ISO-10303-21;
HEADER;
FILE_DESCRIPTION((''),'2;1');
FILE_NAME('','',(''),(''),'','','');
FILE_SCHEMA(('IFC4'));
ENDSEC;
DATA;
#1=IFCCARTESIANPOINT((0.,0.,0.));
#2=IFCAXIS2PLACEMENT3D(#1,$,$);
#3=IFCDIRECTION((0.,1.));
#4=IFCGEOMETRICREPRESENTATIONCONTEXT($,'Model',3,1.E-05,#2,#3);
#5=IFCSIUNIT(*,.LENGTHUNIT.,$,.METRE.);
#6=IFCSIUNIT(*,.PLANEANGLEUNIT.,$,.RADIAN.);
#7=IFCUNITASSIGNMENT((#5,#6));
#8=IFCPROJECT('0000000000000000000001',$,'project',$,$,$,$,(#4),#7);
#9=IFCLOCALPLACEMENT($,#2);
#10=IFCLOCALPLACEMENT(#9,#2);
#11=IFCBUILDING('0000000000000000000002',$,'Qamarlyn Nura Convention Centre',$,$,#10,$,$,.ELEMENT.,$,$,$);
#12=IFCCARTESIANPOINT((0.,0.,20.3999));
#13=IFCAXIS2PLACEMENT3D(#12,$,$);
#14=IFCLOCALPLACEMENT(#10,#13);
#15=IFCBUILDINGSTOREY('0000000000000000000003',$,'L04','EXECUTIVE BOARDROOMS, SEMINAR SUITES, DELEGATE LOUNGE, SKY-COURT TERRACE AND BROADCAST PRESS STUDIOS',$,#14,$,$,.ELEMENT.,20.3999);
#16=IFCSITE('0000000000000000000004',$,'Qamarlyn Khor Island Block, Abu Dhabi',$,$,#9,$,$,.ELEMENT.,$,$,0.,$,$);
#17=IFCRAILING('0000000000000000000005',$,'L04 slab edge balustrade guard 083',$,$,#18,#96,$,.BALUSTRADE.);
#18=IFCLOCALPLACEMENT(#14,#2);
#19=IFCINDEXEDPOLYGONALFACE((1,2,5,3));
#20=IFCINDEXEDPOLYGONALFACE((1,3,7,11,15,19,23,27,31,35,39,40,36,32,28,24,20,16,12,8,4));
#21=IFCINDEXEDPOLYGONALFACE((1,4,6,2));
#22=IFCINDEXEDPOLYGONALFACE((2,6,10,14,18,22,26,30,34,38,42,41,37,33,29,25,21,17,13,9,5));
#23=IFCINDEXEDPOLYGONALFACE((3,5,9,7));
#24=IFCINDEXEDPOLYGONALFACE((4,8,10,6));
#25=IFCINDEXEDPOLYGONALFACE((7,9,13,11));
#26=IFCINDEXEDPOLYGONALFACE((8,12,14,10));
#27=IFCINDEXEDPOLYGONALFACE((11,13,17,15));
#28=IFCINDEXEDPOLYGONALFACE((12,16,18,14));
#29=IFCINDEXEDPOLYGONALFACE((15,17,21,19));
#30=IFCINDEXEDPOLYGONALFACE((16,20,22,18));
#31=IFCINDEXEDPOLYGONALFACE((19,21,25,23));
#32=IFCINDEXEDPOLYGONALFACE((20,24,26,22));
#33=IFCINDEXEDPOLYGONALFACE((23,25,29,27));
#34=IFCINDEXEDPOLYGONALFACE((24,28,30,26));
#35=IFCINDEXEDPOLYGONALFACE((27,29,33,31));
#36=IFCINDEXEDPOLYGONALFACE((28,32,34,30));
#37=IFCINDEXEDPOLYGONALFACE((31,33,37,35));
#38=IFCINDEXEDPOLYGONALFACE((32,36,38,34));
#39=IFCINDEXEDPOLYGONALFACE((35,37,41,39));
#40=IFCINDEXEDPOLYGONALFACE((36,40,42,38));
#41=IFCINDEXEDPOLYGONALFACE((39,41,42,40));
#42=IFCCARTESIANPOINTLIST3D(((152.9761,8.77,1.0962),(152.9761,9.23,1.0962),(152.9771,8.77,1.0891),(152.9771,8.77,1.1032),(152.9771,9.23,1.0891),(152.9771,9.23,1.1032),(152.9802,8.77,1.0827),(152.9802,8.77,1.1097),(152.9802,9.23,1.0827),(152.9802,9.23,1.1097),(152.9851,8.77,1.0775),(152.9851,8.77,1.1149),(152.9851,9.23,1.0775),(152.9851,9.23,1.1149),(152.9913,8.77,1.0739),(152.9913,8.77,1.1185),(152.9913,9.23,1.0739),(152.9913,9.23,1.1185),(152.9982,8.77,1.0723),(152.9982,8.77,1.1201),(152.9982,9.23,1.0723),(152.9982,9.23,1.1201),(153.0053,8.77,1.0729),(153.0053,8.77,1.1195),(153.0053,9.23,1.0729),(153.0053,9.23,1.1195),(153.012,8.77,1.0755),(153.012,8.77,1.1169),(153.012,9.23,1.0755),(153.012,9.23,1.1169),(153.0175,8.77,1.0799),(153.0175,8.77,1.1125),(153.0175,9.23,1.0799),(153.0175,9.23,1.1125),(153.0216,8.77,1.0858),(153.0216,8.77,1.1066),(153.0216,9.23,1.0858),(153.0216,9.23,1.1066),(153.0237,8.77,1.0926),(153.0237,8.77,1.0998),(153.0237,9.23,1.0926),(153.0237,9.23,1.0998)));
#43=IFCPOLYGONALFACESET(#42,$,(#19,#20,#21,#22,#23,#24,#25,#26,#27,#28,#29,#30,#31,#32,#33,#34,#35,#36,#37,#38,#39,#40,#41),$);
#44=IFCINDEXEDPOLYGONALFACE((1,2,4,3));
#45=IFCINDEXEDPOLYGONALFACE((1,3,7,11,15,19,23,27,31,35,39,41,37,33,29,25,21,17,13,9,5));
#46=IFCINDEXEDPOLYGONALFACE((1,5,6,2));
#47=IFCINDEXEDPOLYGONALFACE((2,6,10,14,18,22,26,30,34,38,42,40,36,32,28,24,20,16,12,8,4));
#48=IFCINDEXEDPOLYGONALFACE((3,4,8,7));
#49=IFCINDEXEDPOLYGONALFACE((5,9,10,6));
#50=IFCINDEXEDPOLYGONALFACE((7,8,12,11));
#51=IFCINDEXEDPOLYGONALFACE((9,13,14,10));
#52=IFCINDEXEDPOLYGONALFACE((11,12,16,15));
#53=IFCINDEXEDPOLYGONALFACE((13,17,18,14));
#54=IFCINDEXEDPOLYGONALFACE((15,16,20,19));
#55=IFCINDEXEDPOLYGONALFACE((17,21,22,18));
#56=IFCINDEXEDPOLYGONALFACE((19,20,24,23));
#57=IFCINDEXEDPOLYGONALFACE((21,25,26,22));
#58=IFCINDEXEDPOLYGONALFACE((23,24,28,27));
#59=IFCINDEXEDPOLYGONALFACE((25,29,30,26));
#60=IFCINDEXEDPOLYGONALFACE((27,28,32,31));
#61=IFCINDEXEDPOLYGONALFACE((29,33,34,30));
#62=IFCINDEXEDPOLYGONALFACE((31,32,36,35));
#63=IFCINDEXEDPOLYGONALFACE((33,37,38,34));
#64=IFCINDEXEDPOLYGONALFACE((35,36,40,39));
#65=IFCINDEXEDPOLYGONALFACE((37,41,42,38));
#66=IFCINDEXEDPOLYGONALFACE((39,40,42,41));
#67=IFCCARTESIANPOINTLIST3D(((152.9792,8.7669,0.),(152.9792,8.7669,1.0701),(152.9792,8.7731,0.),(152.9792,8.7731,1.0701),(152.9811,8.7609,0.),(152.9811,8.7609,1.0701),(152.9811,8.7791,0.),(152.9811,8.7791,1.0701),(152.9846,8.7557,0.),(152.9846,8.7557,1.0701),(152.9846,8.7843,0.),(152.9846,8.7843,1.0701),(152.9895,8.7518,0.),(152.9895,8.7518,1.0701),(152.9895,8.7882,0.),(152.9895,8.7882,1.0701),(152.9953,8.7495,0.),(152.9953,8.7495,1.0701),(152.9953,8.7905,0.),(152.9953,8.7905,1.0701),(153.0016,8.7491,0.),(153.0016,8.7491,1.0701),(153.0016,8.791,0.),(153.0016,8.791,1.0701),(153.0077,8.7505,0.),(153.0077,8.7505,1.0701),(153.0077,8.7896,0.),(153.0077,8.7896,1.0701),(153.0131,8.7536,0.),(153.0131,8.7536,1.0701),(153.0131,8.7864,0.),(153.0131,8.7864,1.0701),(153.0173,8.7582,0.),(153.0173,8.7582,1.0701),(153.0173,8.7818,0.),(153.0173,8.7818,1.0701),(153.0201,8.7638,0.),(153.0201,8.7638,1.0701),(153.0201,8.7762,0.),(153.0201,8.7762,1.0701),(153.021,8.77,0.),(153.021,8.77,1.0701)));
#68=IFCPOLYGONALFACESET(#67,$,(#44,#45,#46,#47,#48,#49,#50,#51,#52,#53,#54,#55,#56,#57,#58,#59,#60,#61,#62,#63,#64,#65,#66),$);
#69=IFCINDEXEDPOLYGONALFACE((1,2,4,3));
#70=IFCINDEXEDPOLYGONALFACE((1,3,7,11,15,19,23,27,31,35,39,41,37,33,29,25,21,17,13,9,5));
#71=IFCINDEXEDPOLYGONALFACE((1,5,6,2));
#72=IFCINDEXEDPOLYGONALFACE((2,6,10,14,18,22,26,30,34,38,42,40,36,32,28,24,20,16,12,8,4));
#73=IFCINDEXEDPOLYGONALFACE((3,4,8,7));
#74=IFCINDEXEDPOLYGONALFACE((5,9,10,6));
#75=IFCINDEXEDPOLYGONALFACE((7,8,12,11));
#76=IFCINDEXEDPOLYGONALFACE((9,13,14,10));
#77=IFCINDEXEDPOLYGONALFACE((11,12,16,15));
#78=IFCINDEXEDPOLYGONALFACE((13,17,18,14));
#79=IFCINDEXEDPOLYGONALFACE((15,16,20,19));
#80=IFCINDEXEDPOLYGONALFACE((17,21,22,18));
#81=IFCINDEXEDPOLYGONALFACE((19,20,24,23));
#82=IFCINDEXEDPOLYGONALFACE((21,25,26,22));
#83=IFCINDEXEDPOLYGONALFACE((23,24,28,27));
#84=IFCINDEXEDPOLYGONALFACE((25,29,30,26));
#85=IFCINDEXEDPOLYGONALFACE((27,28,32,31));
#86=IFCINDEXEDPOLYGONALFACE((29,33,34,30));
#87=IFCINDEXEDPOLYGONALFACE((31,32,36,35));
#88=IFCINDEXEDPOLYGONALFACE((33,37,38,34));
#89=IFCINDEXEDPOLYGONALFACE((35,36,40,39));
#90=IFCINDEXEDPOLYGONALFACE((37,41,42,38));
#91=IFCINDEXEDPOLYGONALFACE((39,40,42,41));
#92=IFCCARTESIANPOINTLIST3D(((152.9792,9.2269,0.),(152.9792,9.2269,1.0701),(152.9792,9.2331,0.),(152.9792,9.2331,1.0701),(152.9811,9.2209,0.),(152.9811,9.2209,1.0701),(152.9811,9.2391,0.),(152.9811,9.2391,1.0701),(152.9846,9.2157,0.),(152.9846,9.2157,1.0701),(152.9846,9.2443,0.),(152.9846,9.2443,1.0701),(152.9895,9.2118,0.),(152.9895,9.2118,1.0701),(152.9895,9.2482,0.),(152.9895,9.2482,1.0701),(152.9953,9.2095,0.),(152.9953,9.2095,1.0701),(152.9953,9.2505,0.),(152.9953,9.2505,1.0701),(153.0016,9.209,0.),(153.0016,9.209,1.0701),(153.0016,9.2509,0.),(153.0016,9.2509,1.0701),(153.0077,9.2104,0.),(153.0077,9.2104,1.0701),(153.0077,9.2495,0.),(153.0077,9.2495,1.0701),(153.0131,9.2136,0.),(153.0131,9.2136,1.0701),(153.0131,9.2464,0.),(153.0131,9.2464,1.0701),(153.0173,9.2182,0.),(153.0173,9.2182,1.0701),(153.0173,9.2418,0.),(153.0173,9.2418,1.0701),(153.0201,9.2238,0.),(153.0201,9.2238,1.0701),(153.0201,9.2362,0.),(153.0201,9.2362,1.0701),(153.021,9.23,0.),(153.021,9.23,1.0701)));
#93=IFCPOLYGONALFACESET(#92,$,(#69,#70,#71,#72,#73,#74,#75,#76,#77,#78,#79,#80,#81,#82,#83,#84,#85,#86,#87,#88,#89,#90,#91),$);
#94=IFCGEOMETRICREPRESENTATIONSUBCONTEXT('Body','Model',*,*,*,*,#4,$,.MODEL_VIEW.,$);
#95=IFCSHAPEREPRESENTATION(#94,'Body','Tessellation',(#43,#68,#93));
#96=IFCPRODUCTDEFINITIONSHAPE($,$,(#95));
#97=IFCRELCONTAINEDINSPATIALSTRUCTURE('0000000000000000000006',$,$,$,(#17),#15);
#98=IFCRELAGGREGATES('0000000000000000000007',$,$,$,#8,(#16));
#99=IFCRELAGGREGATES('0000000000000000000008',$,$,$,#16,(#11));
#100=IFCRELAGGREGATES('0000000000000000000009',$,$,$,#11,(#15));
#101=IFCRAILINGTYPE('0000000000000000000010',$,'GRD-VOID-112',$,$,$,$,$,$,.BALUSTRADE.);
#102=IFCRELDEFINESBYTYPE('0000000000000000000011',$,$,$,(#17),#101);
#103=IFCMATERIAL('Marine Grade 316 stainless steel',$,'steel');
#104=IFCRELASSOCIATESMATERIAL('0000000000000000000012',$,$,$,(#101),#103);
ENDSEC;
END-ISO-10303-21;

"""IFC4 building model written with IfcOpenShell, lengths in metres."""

from ifc_helpers import new_model, si_unit, direction, frame, origin, origin_2d, place, context, subcontext, project, spatial, circle, extrude, material, type_object, element, save


model = new_model("IFC4")

# Units and contexts
model_context = context("Model", 3, precision=1e-05, world=origin(), true_north=direction((0.0, 1.0)))
body_context = subcontext(model_context, "Body", "Model", "MODEL_VIEW")
ifc_project = project(units=[si_unit("LENGTHUNIT", "METRE"), si_unit("PLANEANGLEUNIT", "RADIAN")], contexts=[model_context])

# Site, building, storey
site_placement = place(None, origin())
site = spatial("IfcSite", under=ifc_project, at=site_placement, Name="Qamarlyn Khor Island Block, Abu Dhabi", CompositionType="ELEMENT", RefElevation=0.0)
building_placement = place(site_placement, origin())
building = spatial("IfcBuilding", under=site, at=building_placement, Name="Qamarlyn Nura Convention Centre", CompositionType="ELEMENT")
storey_placement = place(building_placement, frame((0.0, 0.0, 20.3999)))
storey = spatial("IfcBuildingStorey", under=building, at=storey_placement, Name="L04", Description="EXECUTIVE BOARDROOMS, SEMINAR SUITES, DELEGATE LOUNGE, SKY-COURT TERRACE AND BROADCAST PRESS STUDIOS", CompositionType="ELEMENT", Elevation=20.3999)

# Railing
ifc_material_1 = material(Name="Marine Grade 316 stainless steel", Category="steel")
railing_type = type_object("IfcRailingType", Name="GRD-VOID-112", PredefinedType="BALUSTRADE", material=ifc_material_1)
railing_placement = place(storey_placement, frame((153.0, 8.77, 0.0)))
element("IfcRailing", 1, at=railing_placement, inside=storey, type_object=railing_type, Name="L04 slab edge balustrade guard 083", PredefinedType="BALUSTRADE", context=body_context, shape_type="SweptSolid", body=[
    extrude(circle(Radius=0.0239, at=origin_2d()), frame((0.0, 0.0, 1.0962), z_axis=(0.0, 1.0, 0.0), x_axis=(-1.0, 0.0, 0.0)), (0.0, 0.0, 1.0), 0.46),
    extrude(circle(Radius=0.021, at=origin_2d()), origin(), (0.0, 0.0, 1.0), 1.0701),
    extrude(circle(Radius=0.021, at=origin_2d()), frame((0.0, 0.46, 0.0)), (0.0, 0.0, 1.0), 1.0701),
])

save(model, "model.ifc")
